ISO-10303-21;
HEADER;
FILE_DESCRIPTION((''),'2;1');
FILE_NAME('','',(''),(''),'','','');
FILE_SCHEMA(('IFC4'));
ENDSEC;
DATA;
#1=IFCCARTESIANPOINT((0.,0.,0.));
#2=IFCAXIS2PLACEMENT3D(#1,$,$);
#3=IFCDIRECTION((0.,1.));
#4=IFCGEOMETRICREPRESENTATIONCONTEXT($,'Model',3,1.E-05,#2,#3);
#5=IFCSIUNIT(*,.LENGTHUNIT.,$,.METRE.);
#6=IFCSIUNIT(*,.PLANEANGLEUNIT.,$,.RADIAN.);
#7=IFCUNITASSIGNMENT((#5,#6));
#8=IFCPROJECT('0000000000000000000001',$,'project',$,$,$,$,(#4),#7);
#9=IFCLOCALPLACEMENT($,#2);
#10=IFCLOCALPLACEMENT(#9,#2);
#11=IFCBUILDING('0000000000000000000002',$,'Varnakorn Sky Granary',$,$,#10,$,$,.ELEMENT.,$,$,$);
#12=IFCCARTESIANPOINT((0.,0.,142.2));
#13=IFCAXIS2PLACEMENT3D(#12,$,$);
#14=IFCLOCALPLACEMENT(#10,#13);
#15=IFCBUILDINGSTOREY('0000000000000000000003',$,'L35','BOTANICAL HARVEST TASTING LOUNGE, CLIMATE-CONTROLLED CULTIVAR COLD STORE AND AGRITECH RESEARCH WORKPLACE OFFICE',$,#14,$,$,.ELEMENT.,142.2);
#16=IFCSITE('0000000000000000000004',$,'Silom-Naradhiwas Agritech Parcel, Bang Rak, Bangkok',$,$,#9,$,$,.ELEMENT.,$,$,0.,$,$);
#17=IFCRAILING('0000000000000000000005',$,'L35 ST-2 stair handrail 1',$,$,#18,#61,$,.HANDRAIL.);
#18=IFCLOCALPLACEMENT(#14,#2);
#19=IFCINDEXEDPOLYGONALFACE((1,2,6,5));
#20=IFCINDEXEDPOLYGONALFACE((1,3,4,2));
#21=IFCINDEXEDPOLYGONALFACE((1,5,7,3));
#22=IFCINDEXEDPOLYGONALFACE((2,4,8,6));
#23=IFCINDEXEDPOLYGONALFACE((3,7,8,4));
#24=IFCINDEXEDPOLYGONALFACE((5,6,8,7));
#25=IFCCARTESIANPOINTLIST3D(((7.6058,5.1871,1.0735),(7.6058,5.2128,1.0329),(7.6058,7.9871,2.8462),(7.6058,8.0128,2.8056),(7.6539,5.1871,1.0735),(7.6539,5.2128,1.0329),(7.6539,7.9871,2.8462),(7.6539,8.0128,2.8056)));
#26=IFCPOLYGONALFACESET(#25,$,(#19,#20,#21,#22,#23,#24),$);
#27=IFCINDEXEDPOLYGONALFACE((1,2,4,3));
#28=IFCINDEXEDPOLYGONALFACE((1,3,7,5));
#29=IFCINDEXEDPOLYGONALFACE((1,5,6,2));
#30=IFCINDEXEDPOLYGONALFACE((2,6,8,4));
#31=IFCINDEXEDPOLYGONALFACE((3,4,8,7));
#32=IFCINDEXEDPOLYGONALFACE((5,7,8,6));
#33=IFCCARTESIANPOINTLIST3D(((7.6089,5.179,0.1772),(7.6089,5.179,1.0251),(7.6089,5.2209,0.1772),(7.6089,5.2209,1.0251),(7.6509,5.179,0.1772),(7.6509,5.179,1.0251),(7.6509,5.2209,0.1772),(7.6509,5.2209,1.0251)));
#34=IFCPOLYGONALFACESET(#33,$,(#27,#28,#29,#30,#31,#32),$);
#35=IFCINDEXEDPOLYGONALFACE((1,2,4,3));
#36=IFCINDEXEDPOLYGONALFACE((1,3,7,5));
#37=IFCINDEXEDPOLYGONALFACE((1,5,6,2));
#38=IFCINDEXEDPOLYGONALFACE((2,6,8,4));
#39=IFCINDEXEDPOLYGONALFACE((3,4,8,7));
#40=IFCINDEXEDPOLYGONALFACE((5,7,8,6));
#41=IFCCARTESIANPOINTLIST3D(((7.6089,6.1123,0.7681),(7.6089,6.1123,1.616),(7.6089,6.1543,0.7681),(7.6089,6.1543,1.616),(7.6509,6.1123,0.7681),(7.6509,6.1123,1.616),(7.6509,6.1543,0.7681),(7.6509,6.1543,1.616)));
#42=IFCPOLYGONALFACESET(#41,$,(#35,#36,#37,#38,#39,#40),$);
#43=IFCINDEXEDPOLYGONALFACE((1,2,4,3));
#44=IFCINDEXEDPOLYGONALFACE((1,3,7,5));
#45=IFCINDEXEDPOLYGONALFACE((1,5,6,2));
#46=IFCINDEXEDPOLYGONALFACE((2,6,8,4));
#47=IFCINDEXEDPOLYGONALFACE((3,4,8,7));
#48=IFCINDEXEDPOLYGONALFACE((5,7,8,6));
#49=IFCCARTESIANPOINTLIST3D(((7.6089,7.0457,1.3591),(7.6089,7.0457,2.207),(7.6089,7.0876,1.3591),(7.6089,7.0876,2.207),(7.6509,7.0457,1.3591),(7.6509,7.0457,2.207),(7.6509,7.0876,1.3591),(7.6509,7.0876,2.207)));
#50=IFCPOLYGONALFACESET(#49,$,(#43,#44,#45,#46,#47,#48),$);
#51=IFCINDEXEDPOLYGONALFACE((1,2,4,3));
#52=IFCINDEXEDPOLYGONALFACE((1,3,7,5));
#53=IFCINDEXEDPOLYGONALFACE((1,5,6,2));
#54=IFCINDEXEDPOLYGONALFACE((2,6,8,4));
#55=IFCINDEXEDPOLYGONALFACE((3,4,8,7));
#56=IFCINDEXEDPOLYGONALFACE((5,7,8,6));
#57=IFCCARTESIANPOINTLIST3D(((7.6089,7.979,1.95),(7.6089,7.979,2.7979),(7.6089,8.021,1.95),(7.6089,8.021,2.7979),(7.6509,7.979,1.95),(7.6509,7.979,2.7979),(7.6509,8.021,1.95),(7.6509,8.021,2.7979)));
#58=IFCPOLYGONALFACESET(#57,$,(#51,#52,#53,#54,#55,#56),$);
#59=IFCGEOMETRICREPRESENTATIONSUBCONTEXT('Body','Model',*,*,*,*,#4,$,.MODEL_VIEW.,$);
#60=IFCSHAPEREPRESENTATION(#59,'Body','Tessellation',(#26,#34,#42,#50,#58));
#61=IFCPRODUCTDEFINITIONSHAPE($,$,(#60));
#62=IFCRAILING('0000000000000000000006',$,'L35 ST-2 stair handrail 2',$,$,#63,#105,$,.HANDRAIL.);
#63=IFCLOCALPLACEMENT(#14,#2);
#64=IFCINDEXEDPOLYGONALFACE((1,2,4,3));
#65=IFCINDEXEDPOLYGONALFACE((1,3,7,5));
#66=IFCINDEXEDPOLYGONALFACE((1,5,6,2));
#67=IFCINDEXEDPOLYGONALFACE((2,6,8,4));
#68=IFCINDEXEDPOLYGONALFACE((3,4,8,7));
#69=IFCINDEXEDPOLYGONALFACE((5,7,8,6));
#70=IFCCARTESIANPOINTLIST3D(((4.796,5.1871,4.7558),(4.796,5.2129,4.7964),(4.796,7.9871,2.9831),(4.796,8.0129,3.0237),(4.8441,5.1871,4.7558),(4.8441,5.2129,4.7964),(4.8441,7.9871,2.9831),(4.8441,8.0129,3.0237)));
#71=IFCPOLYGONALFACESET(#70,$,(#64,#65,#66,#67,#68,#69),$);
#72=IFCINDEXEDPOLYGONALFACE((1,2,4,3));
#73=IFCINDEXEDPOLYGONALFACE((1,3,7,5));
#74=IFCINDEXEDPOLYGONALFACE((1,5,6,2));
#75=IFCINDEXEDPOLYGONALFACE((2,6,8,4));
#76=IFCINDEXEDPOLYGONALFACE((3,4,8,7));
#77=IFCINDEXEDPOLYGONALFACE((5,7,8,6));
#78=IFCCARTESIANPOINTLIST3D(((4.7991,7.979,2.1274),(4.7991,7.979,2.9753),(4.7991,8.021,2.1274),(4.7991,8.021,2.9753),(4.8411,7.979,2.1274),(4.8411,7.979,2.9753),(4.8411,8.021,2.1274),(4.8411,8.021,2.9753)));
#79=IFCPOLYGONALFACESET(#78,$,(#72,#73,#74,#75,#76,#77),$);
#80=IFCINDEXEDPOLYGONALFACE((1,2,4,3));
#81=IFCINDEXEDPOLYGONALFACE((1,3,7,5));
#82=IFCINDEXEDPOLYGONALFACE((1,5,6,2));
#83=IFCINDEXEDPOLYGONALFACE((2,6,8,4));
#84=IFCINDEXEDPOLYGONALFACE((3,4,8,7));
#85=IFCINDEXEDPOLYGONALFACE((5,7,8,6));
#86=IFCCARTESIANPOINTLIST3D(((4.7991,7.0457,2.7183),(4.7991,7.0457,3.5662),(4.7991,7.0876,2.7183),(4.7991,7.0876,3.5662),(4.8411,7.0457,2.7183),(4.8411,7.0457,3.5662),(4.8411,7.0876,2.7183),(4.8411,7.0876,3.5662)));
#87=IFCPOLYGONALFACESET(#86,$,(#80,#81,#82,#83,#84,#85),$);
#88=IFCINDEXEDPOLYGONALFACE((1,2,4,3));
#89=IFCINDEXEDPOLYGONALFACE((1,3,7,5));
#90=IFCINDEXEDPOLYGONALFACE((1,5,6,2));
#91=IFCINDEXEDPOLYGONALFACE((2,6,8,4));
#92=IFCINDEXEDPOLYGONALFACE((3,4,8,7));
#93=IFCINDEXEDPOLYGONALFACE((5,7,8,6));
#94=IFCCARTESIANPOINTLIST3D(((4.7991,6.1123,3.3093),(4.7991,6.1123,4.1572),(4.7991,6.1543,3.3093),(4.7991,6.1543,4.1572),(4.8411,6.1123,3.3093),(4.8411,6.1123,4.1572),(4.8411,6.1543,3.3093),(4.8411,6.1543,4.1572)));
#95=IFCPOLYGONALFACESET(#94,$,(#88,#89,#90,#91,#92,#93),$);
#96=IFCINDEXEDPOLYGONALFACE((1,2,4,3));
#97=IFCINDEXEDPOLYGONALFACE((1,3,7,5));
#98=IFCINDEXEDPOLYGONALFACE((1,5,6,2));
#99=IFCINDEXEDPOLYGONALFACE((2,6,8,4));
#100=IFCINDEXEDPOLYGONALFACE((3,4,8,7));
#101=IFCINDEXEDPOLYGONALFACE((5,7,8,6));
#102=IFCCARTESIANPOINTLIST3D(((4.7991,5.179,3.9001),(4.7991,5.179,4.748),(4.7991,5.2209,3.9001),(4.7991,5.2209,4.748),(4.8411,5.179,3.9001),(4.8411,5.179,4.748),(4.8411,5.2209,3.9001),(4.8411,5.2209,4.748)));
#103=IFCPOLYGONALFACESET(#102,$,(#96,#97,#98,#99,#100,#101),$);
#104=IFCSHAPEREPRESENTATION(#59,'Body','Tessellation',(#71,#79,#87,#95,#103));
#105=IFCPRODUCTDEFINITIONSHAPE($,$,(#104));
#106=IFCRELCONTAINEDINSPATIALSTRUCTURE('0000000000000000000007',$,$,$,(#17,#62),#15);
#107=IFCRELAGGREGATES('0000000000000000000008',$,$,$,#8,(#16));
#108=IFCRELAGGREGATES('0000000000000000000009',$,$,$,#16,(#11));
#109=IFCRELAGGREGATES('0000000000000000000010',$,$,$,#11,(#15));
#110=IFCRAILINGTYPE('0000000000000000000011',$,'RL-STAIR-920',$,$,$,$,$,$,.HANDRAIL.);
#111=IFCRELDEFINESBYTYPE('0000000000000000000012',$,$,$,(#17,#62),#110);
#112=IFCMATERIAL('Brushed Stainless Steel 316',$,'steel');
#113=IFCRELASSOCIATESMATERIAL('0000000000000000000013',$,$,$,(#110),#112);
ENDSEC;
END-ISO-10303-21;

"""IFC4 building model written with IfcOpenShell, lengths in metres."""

from ifc_helpers import new_model, si_unit, direction, frame, origin, origin_2d, place, context, subcontext, project, spatial, rectangle, extrude, material, type_object, element, save


model = new_model("IFC4")

# Units and contexts
model_context = context("Model", 3, precision=1e-05, world=origin(), true_north=direction((0.0, 1.0)))
body_context = subcontext(model_context, "Body", "Model", "MODEL_VIEW")
ifc_project = project(units=[si_unit("LENGTHUNIT", "METRE"), si_unit("PLANEANGLEUNIT", "RADIAN")], contexts=[model_context])

# Site, building, storey
site_placement = place(None, origin())
site = spatial("IfcSite", under=ifc_project, at=site_placement, Name="Silom-Naradhiwas Agritech Parcel, Bang Rak, Bangkok", CompositionType="ELEMENT", RefElevation=0.0)
building_placement = place(site_placement, origin())
building = spatial("IfcBuilding", under=site, at=building_placement, Name="Varnakorn Sky Granary", CompositionType="ELEMENT")
storey_placement = place(building_placement, frame((0.0, 0.0, 142.2)))
storey = spatial("IfcBuildingStorey", under=building, at=storey_placement, Name="L35", Description="BOTANICAL HARVEST TASTING LOUNGE, CLIMATE-CONTROLLED CULTIVAR COLD STORE AND AGRITECH RESEARCH WORKPLACE OFFICE", CompositionType="ELEMENT", Elevation=142.2)

# Railings
ifc_material_1 = material(Name="Brushed Stainless Steel 316", Category="steel")
railing_type_1 = type_object("IfcRailingType", Name="RL-STAIR-920", PredefinedType="HANDRAIL", material=ifc_material_1)
for number, where, name in (
    (1, (7.6299, 5.2, 0.1772), "L35 ST-2 stair handrail 1"),
):
    element("IfcRailing", number, at=place(storey_placement, frame(where)), inside=storey, type_object=railing_type_1, Name=name, PredefinedType="HANDRAIL", context=body_context, shape_type="SweptSolid", body=[
        extrude(rectangle(XDim=0.0481, YDim=0.0481, at=origin_2d()), frame((0.0, 0.0, 0.876), z_axis=(0.0, 0.844909, 0.53491), x_axis=(-1.0, 0.0, 0.0)), (0.0, 0.0, 1.0), 3.314),
        extrude(rectangle(XDim=0.042, YDim=0.042, at=origin_2d()), origin(), (0.0, 0.0, 1.0), 0.8479),
        extrude(rectangle(XDim=0.042, YDim=0.042, at=origin_2d()), frame((0.0, 0.9333, 0.5908)), (0.0, 0.0, 1.0), 0.8479),
        extrude(rectangle(XDim=0.042, YDim=0.042, at=origin_2d()), frame((0.0, 1.8667, 1.1819)), (0.0, 0.0, 1.0), 0.8479),
        extrude(rectangle(XDim=0.042, YDim=0.042, at=origin_2d()), frame((0.0, 2.8, 1.7727)), (0.0, 0.0, 1.0), 0.8479),
    ])
railing_1_placement = place(storey_placement, frame((4.8201, 8.0, 2.1274)))
element("IfcRailing", 2, at=railing_1_placement, inside=storey, type_object=railing_type_1, Name="L35 ST-2 stair handrail 2", PredefinedType="HANDRAIL", context=body_context, shape_type="SweptSolid", body=[
    extrude(rectangle(XDim=0.0481, YDim=0.0481, at=origin_2d()), frame((0.0, 0.0, 0.876), z_axis=(0.0, -0.844909, 0.53491), x_axis=(1.0, 0.0, 0.0)), (0.0, 0.0, 1.0), 3.314),
    extrude(rectangle(XDim=0.042, YDim=0.042, at=origin_2d()), origin(), (0.0, 0.0, 1.0), 0.8479),
    extrude(rectangle(XDim=0.042, YDim=0.042, at=origin_2d()), frame((0.0, -0.9333, 0.5908)), (0.0, 0.0, 1.0), 0.8479),
    extrude(rectangle(XDim=0.042, YDim=0.042, at=origin_2d()), frame((0.0, -1.8667, 1.1819)), (0.0, 0.0, 1.0), 0.8479),
    extrude(rectangle(XDim=0.042, YDim=0.042, at=origin_2d()), frame((0.0, -2.8, 1.7727)), (0.0, 0.0, 1.0), 0.8479),
])

save(model, "model.ifc")
